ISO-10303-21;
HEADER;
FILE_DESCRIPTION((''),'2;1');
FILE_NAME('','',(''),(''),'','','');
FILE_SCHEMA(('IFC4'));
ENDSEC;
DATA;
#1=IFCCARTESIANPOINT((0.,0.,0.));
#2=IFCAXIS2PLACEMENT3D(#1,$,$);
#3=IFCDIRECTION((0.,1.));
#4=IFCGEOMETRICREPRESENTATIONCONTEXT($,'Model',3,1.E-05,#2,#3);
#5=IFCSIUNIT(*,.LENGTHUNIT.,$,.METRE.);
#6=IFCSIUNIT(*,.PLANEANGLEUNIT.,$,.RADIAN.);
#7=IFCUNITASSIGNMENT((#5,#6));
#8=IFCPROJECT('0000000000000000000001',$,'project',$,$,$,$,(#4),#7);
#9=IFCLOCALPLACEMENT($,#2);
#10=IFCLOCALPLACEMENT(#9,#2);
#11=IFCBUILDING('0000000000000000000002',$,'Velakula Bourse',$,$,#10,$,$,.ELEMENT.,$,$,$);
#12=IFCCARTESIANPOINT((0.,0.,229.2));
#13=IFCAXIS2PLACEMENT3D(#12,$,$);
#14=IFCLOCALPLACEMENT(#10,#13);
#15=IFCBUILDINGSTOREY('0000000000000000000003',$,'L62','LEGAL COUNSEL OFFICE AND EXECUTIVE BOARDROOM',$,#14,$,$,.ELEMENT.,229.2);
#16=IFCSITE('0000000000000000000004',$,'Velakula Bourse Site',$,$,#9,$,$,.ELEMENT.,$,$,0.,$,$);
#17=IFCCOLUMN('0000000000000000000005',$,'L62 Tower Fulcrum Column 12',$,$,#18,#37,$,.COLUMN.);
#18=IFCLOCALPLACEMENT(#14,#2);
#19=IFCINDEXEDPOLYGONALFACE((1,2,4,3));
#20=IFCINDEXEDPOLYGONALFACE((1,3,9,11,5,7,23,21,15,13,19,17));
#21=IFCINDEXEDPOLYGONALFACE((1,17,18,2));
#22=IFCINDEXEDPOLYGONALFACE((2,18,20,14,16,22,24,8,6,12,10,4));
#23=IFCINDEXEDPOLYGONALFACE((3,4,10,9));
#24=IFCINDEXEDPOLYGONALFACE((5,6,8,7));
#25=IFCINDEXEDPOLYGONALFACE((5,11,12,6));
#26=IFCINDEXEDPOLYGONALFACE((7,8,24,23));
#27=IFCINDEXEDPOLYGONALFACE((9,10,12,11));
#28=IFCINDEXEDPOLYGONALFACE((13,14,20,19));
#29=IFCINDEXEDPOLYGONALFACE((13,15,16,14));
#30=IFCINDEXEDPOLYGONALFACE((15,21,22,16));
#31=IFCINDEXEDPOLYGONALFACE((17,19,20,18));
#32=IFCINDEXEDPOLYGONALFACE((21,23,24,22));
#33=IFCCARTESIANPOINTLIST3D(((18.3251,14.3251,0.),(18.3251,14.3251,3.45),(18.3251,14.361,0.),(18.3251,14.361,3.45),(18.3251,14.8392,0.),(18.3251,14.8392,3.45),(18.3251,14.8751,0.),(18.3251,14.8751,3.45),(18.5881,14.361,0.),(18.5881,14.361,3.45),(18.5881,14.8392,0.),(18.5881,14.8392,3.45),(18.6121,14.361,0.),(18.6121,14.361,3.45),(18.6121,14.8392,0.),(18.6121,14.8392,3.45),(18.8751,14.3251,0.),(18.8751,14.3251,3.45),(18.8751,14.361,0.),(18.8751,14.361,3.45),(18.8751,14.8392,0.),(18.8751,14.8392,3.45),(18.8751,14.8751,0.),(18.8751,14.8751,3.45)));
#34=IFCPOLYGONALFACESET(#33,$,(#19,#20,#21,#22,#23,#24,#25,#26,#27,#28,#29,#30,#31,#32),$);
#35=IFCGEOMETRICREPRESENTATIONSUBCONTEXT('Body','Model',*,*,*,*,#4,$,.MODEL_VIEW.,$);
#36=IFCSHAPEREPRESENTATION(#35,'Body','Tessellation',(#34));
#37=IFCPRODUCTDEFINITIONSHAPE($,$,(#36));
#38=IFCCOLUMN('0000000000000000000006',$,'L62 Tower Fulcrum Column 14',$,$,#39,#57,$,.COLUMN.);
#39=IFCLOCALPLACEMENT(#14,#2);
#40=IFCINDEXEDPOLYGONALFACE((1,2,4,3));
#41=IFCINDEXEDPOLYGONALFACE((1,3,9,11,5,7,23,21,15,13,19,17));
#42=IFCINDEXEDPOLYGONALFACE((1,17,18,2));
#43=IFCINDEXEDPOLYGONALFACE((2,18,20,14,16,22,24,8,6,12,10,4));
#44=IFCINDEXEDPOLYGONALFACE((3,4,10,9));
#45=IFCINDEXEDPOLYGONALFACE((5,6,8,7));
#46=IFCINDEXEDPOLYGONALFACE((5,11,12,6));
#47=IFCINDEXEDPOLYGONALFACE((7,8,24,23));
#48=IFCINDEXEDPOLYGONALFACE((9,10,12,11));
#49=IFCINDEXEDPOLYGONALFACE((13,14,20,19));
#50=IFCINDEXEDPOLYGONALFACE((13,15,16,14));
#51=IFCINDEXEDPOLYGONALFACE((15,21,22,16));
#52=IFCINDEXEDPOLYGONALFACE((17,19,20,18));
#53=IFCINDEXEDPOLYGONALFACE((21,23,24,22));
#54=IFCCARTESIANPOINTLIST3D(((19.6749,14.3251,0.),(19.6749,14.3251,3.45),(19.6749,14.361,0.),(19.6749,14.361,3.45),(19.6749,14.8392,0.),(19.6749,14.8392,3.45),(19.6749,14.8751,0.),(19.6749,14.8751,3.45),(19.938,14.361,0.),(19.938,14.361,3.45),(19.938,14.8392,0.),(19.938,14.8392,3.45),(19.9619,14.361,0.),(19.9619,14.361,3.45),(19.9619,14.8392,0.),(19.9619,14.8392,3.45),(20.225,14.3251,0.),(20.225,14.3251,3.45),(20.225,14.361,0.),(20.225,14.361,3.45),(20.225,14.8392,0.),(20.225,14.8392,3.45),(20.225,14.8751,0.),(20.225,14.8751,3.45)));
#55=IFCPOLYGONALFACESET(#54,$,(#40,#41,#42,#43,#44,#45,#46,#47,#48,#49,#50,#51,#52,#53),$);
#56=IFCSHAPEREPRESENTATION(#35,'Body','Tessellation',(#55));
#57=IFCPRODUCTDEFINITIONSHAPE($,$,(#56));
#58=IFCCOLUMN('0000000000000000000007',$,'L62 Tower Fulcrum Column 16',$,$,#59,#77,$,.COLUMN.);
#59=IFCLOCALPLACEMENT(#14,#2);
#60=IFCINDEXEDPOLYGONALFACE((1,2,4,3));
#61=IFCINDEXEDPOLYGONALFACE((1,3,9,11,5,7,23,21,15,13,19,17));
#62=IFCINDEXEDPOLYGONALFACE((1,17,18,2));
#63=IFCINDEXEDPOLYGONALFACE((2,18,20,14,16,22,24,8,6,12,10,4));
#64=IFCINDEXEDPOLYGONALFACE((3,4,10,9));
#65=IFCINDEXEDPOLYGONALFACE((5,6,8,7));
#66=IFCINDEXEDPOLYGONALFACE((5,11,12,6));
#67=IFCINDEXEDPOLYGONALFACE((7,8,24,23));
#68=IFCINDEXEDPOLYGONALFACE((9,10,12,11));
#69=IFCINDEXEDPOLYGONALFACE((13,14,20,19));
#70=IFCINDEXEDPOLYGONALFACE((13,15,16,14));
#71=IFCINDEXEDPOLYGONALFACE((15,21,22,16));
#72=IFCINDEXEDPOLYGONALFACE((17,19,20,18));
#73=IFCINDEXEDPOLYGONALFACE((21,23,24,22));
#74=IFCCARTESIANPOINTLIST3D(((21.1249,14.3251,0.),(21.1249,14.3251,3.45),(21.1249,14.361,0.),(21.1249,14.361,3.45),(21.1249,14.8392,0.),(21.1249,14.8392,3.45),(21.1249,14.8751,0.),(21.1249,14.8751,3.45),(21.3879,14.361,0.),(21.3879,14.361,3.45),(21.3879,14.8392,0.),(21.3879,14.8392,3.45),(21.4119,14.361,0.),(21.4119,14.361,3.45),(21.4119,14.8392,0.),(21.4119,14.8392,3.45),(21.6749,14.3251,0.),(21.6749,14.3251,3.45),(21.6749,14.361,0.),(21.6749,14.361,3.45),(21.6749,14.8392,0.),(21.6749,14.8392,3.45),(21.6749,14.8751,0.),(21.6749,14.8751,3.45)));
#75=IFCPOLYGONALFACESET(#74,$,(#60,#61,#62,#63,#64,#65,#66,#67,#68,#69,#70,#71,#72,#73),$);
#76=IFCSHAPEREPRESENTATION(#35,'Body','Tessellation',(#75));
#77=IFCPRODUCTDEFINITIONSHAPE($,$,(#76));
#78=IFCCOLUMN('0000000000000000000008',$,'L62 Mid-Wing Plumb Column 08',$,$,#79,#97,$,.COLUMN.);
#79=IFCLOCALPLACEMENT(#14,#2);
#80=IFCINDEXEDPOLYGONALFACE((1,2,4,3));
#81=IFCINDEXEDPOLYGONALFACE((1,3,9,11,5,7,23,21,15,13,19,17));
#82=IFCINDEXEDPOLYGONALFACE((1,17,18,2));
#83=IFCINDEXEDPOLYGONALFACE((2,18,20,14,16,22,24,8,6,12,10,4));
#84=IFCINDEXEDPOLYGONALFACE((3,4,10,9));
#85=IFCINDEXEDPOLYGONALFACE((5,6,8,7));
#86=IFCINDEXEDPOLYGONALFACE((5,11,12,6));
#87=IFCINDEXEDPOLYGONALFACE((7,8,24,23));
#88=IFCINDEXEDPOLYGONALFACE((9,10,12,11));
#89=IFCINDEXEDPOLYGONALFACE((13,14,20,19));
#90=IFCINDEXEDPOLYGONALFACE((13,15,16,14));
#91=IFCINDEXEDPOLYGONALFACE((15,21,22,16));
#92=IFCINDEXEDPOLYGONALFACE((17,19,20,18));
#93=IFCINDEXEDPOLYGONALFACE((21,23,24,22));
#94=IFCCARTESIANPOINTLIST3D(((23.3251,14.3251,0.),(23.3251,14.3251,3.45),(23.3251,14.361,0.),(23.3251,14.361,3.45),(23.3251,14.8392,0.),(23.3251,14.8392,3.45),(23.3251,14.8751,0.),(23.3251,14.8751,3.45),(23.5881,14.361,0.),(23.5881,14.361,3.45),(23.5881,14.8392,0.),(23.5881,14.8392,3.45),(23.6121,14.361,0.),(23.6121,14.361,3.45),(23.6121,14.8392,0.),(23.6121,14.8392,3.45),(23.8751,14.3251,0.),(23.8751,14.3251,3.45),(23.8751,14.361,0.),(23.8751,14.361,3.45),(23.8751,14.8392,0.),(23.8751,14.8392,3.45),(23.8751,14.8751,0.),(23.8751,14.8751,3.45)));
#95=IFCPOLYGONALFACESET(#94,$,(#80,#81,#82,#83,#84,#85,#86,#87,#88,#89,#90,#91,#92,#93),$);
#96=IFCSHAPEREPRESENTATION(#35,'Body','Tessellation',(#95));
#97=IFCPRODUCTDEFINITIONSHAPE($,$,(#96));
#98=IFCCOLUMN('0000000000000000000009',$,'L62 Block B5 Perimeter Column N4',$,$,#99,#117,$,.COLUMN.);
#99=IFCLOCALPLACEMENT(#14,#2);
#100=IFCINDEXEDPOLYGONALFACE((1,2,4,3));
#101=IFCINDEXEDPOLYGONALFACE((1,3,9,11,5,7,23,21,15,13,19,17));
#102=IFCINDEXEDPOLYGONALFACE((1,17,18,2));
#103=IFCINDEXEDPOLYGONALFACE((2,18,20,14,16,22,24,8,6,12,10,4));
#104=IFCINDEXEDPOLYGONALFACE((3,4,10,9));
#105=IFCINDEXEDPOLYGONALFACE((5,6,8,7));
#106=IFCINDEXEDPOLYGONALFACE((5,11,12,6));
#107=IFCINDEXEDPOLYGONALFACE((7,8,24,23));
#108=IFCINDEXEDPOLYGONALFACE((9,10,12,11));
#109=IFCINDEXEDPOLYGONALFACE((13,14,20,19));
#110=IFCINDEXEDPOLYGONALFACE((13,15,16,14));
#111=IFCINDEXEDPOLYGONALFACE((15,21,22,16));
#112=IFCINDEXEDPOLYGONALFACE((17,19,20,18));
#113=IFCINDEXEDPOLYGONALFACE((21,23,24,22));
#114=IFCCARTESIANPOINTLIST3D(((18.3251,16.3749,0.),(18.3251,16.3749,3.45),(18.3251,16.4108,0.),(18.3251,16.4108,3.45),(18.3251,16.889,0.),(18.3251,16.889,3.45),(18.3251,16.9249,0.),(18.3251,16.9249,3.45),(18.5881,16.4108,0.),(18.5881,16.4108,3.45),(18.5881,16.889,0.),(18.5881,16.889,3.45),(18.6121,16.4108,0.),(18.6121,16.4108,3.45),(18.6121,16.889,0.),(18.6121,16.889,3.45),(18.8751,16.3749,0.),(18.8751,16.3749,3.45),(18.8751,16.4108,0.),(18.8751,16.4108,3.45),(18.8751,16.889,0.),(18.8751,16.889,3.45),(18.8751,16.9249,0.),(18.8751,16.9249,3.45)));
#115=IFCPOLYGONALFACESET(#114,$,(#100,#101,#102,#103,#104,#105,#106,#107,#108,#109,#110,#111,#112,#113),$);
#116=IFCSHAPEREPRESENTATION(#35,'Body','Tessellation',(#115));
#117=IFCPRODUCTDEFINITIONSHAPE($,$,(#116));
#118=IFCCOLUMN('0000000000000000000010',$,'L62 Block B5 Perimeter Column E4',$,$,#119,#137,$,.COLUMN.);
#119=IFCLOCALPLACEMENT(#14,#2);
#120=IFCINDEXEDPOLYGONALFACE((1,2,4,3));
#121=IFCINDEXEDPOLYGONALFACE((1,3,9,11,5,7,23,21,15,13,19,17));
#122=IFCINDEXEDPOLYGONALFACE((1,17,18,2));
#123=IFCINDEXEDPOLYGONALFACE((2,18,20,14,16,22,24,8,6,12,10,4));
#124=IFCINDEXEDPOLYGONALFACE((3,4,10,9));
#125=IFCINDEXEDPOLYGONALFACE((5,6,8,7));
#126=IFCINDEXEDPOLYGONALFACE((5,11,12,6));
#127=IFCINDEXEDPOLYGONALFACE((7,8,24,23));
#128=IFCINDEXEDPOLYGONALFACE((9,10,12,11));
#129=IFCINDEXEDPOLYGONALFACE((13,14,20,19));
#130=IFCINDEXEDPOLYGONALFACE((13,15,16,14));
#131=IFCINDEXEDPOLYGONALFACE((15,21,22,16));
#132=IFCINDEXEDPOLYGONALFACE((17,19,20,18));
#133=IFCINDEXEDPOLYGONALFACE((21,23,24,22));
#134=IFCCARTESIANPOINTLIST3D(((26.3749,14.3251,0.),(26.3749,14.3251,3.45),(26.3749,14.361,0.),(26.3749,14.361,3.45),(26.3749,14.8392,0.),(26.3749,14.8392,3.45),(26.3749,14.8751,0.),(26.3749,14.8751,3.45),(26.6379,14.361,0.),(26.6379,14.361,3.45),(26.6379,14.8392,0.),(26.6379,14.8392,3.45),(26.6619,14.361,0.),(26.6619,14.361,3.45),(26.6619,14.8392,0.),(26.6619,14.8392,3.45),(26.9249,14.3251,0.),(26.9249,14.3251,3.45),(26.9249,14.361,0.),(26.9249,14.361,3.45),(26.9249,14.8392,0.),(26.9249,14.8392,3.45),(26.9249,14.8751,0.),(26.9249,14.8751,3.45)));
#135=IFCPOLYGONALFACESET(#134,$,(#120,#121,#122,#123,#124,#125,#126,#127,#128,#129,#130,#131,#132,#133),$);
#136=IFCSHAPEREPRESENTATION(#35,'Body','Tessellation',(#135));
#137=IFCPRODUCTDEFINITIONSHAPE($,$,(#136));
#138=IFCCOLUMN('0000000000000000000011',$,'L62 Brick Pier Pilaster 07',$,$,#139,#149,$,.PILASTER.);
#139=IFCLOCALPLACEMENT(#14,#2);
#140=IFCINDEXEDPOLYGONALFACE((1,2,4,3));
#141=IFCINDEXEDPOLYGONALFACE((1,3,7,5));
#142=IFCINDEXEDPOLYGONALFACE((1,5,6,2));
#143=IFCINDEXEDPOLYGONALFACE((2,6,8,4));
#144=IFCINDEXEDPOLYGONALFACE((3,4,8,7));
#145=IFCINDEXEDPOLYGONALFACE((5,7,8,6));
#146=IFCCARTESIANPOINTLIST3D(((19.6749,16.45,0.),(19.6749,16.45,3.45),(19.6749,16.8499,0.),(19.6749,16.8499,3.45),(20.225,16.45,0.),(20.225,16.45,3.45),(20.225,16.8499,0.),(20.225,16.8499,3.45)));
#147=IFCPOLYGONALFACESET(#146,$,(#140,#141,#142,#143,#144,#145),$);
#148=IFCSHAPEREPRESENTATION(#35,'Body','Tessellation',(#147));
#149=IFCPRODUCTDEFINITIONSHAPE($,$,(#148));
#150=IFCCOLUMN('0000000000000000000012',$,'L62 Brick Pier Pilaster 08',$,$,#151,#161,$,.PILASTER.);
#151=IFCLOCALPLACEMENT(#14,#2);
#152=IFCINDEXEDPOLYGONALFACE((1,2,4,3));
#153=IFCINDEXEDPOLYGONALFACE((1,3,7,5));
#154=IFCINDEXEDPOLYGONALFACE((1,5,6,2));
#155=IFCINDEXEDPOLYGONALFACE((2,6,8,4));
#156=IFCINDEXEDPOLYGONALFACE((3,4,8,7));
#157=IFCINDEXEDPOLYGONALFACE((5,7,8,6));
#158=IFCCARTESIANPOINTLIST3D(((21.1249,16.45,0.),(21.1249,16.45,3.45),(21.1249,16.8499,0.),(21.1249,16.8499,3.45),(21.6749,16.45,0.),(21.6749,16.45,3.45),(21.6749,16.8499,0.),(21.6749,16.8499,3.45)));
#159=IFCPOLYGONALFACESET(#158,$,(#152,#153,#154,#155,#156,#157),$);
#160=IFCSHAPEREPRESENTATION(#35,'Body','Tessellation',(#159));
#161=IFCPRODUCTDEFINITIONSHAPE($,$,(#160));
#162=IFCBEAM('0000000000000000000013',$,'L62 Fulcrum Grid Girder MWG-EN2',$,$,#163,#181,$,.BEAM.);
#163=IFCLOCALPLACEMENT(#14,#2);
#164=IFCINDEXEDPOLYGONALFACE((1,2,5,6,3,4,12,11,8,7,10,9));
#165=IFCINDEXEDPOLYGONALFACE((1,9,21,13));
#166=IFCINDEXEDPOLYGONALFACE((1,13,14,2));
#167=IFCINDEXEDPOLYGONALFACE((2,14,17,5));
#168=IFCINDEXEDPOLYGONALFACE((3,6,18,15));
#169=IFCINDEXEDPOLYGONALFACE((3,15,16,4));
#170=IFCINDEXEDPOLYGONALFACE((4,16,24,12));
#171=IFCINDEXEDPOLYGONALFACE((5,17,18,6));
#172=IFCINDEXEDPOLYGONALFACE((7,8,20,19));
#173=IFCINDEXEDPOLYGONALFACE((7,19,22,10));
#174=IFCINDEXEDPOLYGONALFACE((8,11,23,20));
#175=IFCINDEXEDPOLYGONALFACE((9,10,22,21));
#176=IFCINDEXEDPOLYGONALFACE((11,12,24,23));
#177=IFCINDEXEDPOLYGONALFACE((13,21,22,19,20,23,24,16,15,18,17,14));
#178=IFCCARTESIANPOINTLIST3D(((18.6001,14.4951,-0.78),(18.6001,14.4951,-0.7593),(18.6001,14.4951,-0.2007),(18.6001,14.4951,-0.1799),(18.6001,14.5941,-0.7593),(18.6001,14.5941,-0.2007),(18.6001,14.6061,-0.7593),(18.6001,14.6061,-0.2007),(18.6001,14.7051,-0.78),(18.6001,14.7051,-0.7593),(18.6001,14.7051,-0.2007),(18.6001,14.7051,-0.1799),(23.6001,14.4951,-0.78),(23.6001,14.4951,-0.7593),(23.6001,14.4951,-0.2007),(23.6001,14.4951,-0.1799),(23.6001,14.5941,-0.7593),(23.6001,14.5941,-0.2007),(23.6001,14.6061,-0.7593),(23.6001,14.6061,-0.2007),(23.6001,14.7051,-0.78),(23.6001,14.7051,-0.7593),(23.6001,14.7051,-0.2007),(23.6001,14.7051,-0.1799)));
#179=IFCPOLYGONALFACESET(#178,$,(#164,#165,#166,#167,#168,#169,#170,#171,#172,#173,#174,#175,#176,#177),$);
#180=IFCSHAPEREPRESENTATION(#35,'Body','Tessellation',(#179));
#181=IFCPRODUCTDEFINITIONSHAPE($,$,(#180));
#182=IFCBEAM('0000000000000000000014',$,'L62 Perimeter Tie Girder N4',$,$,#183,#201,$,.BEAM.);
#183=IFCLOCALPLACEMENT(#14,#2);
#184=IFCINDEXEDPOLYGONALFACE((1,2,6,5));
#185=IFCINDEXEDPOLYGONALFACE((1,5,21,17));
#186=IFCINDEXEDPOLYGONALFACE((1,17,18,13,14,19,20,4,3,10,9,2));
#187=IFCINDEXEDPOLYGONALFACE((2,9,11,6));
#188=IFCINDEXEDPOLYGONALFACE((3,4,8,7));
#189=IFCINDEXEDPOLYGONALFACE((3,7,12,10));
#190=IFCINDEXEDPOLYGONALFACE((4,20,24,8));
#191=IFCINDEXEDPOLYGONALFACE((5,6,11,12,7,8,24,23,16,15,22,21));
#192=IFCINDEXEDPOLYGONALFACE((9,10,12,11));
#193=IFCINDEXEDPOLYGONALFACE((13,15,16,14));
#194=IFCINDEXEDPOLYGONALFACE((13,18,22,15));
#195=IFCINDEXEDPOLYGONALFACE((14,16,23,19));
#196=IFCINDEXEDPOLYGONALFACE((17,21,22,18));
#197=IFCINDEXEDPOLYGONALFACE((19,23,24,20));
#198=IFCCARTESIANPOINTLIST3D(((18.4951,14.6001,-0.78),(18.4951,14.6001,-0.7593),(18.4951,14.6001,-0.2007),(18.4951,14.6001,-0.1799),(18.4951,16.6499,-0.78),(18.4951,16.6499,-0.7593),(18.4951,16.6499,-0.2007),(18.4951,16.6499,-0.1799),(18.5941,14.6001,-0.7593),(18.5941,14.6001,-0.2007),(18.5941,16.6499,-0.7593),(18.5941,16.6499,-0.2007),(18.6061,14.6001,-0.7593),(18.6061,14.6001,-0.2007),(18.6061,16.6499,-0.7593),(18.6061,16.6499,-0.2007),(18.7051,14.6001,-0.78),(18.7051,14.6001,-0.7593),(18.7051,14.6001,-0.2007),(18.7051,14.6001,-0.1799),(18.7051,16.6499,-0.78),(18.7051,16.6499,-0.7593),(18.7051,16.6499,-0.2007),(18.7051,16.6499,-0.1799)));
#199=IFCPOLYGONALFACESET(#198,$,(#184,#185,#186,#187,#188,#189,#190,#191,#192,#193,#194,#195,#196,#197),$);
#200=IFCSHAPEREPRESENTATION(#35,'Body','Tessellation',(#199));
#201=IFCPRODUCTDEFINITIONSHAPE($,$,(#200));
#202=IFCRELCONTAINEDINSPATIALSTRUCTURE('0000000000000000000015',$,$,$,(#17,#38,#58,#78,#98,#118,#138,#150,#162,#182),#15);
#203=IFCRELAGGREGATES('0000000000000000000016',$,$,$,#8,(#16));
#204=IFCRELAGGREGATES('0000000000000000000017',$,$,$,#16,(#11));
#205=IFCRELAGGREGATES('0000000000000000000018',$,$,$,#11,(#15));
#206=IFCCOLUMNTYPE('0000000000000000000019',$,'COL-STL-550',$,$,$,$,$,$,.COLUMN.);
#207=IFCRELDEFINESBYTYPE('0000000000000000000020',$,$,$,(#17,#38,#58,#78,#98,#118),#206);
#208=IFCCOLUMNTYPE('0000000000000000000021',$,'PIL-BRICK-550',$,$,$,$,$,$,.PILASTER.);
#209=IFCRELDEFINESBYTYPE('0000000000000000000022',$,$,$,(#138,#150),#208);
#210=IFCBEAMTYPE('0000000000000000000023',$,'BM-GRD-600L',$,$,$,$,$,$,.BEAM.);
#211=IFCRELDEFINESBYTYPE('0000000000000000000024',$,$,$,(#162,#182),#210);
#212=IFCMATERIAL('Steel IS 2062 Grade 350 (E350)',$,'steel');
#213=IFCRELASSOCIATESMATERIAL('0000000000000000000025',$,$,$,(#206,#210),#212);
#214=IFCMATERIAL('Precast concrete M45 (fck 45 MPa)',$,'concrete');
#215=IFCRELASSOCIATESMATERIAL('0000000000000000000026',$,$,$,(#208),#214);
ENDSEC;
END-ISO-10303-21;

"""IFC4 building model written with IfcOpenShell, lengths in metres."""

from ifc_helpers import new_model, si_unit, direction, frame, origin, origin_2d, place, context, subcontext, project, spatial, rectangle, i_section, extrude, material, material_profile, profile_set, type_object, element, save


model = new_model("IFC4")

# Units and contexts
model_context = context("Model", 3, precision=1e-05, world=origin(), true_north=direction((0.0, 1.0)))
body_context = subcontext(model_context, "Body", "Model", "MODEL_VIEW")
ifc_project = project(units=[si_unit("LENGTHUNIT", "METRE"), si_unit("PLANEANGLEUNIT", "RADIAN")], contexts=[model_context])

# Site, building, storey
site_placement = place(None, origin())
site = spatial("IfcSite", under=ifc_project, at=site_placement, Name="Velakula Bourse Site", CompositionType="ELEMENT", RefElevation=0.0)
building_placement = place(site_placement, origin())
building = spatial("IfcBuilding", under=site, at=building_placement, Name="Velakula Bourse", CompositionType="ELEMENT")
storey_placement = place(building_placement, frame((0.0, 0.0, 229.2)))
storey = spatial("IfcBuildingStorey", under=building, at=storey_placement, Name="L62", Description="LEGAL COUNSEL OFFICE AND EXECUTIVE BOARDROOM", CompositionType="ELEMENT", Elevation=229.2)

# Columns
ifc_material_1 = material(Name="Steel IS 2062 Grade 350 (E350)", Category="steel")
ifc_material_profile_1 = material_profile(ifc_material_1, i_section(OverallWidth=0.55, OverallDepth=0.55, WebThickness=0.0239, FlangeThickness=0.0359, at=origin_2d()), Name="Steel IS 2062 Grade 350 (E350)")
ifc_profile_set_1 = profile_set([ifc_material_profile_1], Name="Steel IS 2062 Grade 350 (E350)")
column_type_1 = type_object("IfcColumnType", Name="COL-STL-550", PredefinedType="COLUMN", material=ifc_profile_set_1)
for number, where, z_axis, x_axis, name in (
    (1, (18.6001, 14.6001, 0.0), (0.0, 0.0, 1.0), (1.0, 0.0, 0.0), "L62 Tower Fulcrum Column 12"),
    (2, (19.95, 14.6001, 0.0), (0.0, 0.0, 1.0), (1.0, 0.0, 0.0), "L62 Tower Fulcrum Column 14"),
    (3, (21.3999, 14.6001, 0.0), (0.0, 0.0, 1.0), (1.0, 0.0, 0.0), "L62 Tower Fulcrum Column 16"),
    (4, (23.6001, 14.6001, 0.0), (0.0, 0.0, 1.0), (1.0, 0.0, 0.0), "L62 Mid-Wing Plumb Column 08"),
    (5, (18.6001, 16.6499, 0.0), (0.0, 0.0, 1.0), (1.0, 0.0, 0.0), "L62 Block B5 Perimeter Column N4"),
    (6, (26.6499, 14.6001, 0.0), (0.0, 0.0, 1.0), (1.0, 0.0, 0.0), "L62 Block B5 Perimeter Column E4"),
):
    element("IfcColumn", number, at=place(storey_placement, frame(where, z_axis=z_axis, x_axis=x_axis)), inside=storey, type_object=column_type_1, Name=name, PredefinedType="COLUMN", context=body_context, shape_type="SweptSolid", body=[
        extrude(i_section(OverallWidth=0.55, OverallDepth=0.55, WebThickness=0.0239, FlangeThickness=0.0359, at=origin_2d()), origin(), (0.0, 0.0, 1.0), 3.45),
    ])
ifc_material_2 = material(Name="Precast concrete M45 (fck 45 MPa)", Category="concrete")
ifc_material_profile_2 = material_profile(ifc_material_2, rectangle(XDim=0.55, YDim=0.3999, at=origin_2d()), Name="Precast concrete M45 (fck 45 MPa)")
ifc_profile_set_2 = profile_set([ifc_material_profile_2], Name="Precast concrete M45 (fck 45 MPa)")
column_type_2 = type_object("IfcColumnType", Name="PIL-BRICK-550", PredefinedType="PILASTER", material=ifc_profile_set_2)
for number, where, z_axis, x_axis, name in (
    (7, (19.95, 16.6499, 0.0), (0.0, 0.0, 1.0), (1.0, 0.0, 0.0), "L62 Brick Pier Pilaster 07"),
    (8, (21.3999, 16.6499, 0.0), (0.0, 0.0, 1.0), (1.0, 0.0, 0.0), "L62 Brick Pier Pilaster 08"),
):
    element("IfcColumn", number, at=place(storey_placement, frame(where, z_axis=z_axis, x_axis=x_axis)), inside=storey, type_object=column_type_2, Name=name, PredefinedType="PILASTER", context=body_context, shape_type="SweptSolid", body=[
        extrude(rectangle(XDim=0.55, YDim=0.3999, at=origin_2d()), origin(), (0.0, 0.0, 1.0), 3.45),
    ])

# Beams
ifc_material_profile_3 = material_profile(ifc_material_1, i_section(OverallWidth=0.21, OverallDepth=0.6001, WebThickness=0.012, FlangeThickness=0.0208, at=origin_2d()), Name="Steel IS 2062 Grade 350 (E350)")
ifc_profile_set_3 = profile_set([ifc_material_profile_3], Name="Steel IS 2062 Grade 350 (E350)")
beam_type_1 = type_object("IfcBeamType", Name="BM-GRD-600L", PredefinedType="BEAM", material=ifc_profile_set_3)
beam_1_placement = place(storey_placement, frame((18.6001, 14.6001, -0.48), z_axis=(1.0, 0.0, 0.0), x_axis=(0.0, 1.0, 0.0)))
element("IfcBeam", 9, at=beam_1_placement, inside=storey, type_object=beam_type_1, Name="L62 Fulcrum Grid Girder MWG-EN2", PredefinedType="BEAM", context=body_context, shape_type="SweptSolid", body=[
    extrude(i_section(OverallWidth=0.21, OverallDepth=0.6001, WebThickness=0.012, FlangeThickness=0.0208, at=origin_2d()), origin(), (0.0, 0.0, 1.0), 5.0),
])
beam_2_placement = place(storey_placement, frame((18.6001, 14.6001, -0.48), z_axis=(0.0, 1.0, 0.0), x_axis=(-1.0, 0.0, 0.0)))
element("IfcBeam", 10, at=beam_2_placement, inside=storey, type_object=beam_type_1, Name="L62 Perimeter Tie Girder N4", PredefinedType="BEAM", context=body_context, shape_type="SweptSolid", body=[
    extrude(i_section(OverallWidth=0.21, OverallDepth=0.6001, WebThickness=0.012, FlangeThickness=0.0208, at=origin_2d()), origin(), (0.0, 0.0, 1.0), 2.0498),
])

save(model, "model.ifc")
